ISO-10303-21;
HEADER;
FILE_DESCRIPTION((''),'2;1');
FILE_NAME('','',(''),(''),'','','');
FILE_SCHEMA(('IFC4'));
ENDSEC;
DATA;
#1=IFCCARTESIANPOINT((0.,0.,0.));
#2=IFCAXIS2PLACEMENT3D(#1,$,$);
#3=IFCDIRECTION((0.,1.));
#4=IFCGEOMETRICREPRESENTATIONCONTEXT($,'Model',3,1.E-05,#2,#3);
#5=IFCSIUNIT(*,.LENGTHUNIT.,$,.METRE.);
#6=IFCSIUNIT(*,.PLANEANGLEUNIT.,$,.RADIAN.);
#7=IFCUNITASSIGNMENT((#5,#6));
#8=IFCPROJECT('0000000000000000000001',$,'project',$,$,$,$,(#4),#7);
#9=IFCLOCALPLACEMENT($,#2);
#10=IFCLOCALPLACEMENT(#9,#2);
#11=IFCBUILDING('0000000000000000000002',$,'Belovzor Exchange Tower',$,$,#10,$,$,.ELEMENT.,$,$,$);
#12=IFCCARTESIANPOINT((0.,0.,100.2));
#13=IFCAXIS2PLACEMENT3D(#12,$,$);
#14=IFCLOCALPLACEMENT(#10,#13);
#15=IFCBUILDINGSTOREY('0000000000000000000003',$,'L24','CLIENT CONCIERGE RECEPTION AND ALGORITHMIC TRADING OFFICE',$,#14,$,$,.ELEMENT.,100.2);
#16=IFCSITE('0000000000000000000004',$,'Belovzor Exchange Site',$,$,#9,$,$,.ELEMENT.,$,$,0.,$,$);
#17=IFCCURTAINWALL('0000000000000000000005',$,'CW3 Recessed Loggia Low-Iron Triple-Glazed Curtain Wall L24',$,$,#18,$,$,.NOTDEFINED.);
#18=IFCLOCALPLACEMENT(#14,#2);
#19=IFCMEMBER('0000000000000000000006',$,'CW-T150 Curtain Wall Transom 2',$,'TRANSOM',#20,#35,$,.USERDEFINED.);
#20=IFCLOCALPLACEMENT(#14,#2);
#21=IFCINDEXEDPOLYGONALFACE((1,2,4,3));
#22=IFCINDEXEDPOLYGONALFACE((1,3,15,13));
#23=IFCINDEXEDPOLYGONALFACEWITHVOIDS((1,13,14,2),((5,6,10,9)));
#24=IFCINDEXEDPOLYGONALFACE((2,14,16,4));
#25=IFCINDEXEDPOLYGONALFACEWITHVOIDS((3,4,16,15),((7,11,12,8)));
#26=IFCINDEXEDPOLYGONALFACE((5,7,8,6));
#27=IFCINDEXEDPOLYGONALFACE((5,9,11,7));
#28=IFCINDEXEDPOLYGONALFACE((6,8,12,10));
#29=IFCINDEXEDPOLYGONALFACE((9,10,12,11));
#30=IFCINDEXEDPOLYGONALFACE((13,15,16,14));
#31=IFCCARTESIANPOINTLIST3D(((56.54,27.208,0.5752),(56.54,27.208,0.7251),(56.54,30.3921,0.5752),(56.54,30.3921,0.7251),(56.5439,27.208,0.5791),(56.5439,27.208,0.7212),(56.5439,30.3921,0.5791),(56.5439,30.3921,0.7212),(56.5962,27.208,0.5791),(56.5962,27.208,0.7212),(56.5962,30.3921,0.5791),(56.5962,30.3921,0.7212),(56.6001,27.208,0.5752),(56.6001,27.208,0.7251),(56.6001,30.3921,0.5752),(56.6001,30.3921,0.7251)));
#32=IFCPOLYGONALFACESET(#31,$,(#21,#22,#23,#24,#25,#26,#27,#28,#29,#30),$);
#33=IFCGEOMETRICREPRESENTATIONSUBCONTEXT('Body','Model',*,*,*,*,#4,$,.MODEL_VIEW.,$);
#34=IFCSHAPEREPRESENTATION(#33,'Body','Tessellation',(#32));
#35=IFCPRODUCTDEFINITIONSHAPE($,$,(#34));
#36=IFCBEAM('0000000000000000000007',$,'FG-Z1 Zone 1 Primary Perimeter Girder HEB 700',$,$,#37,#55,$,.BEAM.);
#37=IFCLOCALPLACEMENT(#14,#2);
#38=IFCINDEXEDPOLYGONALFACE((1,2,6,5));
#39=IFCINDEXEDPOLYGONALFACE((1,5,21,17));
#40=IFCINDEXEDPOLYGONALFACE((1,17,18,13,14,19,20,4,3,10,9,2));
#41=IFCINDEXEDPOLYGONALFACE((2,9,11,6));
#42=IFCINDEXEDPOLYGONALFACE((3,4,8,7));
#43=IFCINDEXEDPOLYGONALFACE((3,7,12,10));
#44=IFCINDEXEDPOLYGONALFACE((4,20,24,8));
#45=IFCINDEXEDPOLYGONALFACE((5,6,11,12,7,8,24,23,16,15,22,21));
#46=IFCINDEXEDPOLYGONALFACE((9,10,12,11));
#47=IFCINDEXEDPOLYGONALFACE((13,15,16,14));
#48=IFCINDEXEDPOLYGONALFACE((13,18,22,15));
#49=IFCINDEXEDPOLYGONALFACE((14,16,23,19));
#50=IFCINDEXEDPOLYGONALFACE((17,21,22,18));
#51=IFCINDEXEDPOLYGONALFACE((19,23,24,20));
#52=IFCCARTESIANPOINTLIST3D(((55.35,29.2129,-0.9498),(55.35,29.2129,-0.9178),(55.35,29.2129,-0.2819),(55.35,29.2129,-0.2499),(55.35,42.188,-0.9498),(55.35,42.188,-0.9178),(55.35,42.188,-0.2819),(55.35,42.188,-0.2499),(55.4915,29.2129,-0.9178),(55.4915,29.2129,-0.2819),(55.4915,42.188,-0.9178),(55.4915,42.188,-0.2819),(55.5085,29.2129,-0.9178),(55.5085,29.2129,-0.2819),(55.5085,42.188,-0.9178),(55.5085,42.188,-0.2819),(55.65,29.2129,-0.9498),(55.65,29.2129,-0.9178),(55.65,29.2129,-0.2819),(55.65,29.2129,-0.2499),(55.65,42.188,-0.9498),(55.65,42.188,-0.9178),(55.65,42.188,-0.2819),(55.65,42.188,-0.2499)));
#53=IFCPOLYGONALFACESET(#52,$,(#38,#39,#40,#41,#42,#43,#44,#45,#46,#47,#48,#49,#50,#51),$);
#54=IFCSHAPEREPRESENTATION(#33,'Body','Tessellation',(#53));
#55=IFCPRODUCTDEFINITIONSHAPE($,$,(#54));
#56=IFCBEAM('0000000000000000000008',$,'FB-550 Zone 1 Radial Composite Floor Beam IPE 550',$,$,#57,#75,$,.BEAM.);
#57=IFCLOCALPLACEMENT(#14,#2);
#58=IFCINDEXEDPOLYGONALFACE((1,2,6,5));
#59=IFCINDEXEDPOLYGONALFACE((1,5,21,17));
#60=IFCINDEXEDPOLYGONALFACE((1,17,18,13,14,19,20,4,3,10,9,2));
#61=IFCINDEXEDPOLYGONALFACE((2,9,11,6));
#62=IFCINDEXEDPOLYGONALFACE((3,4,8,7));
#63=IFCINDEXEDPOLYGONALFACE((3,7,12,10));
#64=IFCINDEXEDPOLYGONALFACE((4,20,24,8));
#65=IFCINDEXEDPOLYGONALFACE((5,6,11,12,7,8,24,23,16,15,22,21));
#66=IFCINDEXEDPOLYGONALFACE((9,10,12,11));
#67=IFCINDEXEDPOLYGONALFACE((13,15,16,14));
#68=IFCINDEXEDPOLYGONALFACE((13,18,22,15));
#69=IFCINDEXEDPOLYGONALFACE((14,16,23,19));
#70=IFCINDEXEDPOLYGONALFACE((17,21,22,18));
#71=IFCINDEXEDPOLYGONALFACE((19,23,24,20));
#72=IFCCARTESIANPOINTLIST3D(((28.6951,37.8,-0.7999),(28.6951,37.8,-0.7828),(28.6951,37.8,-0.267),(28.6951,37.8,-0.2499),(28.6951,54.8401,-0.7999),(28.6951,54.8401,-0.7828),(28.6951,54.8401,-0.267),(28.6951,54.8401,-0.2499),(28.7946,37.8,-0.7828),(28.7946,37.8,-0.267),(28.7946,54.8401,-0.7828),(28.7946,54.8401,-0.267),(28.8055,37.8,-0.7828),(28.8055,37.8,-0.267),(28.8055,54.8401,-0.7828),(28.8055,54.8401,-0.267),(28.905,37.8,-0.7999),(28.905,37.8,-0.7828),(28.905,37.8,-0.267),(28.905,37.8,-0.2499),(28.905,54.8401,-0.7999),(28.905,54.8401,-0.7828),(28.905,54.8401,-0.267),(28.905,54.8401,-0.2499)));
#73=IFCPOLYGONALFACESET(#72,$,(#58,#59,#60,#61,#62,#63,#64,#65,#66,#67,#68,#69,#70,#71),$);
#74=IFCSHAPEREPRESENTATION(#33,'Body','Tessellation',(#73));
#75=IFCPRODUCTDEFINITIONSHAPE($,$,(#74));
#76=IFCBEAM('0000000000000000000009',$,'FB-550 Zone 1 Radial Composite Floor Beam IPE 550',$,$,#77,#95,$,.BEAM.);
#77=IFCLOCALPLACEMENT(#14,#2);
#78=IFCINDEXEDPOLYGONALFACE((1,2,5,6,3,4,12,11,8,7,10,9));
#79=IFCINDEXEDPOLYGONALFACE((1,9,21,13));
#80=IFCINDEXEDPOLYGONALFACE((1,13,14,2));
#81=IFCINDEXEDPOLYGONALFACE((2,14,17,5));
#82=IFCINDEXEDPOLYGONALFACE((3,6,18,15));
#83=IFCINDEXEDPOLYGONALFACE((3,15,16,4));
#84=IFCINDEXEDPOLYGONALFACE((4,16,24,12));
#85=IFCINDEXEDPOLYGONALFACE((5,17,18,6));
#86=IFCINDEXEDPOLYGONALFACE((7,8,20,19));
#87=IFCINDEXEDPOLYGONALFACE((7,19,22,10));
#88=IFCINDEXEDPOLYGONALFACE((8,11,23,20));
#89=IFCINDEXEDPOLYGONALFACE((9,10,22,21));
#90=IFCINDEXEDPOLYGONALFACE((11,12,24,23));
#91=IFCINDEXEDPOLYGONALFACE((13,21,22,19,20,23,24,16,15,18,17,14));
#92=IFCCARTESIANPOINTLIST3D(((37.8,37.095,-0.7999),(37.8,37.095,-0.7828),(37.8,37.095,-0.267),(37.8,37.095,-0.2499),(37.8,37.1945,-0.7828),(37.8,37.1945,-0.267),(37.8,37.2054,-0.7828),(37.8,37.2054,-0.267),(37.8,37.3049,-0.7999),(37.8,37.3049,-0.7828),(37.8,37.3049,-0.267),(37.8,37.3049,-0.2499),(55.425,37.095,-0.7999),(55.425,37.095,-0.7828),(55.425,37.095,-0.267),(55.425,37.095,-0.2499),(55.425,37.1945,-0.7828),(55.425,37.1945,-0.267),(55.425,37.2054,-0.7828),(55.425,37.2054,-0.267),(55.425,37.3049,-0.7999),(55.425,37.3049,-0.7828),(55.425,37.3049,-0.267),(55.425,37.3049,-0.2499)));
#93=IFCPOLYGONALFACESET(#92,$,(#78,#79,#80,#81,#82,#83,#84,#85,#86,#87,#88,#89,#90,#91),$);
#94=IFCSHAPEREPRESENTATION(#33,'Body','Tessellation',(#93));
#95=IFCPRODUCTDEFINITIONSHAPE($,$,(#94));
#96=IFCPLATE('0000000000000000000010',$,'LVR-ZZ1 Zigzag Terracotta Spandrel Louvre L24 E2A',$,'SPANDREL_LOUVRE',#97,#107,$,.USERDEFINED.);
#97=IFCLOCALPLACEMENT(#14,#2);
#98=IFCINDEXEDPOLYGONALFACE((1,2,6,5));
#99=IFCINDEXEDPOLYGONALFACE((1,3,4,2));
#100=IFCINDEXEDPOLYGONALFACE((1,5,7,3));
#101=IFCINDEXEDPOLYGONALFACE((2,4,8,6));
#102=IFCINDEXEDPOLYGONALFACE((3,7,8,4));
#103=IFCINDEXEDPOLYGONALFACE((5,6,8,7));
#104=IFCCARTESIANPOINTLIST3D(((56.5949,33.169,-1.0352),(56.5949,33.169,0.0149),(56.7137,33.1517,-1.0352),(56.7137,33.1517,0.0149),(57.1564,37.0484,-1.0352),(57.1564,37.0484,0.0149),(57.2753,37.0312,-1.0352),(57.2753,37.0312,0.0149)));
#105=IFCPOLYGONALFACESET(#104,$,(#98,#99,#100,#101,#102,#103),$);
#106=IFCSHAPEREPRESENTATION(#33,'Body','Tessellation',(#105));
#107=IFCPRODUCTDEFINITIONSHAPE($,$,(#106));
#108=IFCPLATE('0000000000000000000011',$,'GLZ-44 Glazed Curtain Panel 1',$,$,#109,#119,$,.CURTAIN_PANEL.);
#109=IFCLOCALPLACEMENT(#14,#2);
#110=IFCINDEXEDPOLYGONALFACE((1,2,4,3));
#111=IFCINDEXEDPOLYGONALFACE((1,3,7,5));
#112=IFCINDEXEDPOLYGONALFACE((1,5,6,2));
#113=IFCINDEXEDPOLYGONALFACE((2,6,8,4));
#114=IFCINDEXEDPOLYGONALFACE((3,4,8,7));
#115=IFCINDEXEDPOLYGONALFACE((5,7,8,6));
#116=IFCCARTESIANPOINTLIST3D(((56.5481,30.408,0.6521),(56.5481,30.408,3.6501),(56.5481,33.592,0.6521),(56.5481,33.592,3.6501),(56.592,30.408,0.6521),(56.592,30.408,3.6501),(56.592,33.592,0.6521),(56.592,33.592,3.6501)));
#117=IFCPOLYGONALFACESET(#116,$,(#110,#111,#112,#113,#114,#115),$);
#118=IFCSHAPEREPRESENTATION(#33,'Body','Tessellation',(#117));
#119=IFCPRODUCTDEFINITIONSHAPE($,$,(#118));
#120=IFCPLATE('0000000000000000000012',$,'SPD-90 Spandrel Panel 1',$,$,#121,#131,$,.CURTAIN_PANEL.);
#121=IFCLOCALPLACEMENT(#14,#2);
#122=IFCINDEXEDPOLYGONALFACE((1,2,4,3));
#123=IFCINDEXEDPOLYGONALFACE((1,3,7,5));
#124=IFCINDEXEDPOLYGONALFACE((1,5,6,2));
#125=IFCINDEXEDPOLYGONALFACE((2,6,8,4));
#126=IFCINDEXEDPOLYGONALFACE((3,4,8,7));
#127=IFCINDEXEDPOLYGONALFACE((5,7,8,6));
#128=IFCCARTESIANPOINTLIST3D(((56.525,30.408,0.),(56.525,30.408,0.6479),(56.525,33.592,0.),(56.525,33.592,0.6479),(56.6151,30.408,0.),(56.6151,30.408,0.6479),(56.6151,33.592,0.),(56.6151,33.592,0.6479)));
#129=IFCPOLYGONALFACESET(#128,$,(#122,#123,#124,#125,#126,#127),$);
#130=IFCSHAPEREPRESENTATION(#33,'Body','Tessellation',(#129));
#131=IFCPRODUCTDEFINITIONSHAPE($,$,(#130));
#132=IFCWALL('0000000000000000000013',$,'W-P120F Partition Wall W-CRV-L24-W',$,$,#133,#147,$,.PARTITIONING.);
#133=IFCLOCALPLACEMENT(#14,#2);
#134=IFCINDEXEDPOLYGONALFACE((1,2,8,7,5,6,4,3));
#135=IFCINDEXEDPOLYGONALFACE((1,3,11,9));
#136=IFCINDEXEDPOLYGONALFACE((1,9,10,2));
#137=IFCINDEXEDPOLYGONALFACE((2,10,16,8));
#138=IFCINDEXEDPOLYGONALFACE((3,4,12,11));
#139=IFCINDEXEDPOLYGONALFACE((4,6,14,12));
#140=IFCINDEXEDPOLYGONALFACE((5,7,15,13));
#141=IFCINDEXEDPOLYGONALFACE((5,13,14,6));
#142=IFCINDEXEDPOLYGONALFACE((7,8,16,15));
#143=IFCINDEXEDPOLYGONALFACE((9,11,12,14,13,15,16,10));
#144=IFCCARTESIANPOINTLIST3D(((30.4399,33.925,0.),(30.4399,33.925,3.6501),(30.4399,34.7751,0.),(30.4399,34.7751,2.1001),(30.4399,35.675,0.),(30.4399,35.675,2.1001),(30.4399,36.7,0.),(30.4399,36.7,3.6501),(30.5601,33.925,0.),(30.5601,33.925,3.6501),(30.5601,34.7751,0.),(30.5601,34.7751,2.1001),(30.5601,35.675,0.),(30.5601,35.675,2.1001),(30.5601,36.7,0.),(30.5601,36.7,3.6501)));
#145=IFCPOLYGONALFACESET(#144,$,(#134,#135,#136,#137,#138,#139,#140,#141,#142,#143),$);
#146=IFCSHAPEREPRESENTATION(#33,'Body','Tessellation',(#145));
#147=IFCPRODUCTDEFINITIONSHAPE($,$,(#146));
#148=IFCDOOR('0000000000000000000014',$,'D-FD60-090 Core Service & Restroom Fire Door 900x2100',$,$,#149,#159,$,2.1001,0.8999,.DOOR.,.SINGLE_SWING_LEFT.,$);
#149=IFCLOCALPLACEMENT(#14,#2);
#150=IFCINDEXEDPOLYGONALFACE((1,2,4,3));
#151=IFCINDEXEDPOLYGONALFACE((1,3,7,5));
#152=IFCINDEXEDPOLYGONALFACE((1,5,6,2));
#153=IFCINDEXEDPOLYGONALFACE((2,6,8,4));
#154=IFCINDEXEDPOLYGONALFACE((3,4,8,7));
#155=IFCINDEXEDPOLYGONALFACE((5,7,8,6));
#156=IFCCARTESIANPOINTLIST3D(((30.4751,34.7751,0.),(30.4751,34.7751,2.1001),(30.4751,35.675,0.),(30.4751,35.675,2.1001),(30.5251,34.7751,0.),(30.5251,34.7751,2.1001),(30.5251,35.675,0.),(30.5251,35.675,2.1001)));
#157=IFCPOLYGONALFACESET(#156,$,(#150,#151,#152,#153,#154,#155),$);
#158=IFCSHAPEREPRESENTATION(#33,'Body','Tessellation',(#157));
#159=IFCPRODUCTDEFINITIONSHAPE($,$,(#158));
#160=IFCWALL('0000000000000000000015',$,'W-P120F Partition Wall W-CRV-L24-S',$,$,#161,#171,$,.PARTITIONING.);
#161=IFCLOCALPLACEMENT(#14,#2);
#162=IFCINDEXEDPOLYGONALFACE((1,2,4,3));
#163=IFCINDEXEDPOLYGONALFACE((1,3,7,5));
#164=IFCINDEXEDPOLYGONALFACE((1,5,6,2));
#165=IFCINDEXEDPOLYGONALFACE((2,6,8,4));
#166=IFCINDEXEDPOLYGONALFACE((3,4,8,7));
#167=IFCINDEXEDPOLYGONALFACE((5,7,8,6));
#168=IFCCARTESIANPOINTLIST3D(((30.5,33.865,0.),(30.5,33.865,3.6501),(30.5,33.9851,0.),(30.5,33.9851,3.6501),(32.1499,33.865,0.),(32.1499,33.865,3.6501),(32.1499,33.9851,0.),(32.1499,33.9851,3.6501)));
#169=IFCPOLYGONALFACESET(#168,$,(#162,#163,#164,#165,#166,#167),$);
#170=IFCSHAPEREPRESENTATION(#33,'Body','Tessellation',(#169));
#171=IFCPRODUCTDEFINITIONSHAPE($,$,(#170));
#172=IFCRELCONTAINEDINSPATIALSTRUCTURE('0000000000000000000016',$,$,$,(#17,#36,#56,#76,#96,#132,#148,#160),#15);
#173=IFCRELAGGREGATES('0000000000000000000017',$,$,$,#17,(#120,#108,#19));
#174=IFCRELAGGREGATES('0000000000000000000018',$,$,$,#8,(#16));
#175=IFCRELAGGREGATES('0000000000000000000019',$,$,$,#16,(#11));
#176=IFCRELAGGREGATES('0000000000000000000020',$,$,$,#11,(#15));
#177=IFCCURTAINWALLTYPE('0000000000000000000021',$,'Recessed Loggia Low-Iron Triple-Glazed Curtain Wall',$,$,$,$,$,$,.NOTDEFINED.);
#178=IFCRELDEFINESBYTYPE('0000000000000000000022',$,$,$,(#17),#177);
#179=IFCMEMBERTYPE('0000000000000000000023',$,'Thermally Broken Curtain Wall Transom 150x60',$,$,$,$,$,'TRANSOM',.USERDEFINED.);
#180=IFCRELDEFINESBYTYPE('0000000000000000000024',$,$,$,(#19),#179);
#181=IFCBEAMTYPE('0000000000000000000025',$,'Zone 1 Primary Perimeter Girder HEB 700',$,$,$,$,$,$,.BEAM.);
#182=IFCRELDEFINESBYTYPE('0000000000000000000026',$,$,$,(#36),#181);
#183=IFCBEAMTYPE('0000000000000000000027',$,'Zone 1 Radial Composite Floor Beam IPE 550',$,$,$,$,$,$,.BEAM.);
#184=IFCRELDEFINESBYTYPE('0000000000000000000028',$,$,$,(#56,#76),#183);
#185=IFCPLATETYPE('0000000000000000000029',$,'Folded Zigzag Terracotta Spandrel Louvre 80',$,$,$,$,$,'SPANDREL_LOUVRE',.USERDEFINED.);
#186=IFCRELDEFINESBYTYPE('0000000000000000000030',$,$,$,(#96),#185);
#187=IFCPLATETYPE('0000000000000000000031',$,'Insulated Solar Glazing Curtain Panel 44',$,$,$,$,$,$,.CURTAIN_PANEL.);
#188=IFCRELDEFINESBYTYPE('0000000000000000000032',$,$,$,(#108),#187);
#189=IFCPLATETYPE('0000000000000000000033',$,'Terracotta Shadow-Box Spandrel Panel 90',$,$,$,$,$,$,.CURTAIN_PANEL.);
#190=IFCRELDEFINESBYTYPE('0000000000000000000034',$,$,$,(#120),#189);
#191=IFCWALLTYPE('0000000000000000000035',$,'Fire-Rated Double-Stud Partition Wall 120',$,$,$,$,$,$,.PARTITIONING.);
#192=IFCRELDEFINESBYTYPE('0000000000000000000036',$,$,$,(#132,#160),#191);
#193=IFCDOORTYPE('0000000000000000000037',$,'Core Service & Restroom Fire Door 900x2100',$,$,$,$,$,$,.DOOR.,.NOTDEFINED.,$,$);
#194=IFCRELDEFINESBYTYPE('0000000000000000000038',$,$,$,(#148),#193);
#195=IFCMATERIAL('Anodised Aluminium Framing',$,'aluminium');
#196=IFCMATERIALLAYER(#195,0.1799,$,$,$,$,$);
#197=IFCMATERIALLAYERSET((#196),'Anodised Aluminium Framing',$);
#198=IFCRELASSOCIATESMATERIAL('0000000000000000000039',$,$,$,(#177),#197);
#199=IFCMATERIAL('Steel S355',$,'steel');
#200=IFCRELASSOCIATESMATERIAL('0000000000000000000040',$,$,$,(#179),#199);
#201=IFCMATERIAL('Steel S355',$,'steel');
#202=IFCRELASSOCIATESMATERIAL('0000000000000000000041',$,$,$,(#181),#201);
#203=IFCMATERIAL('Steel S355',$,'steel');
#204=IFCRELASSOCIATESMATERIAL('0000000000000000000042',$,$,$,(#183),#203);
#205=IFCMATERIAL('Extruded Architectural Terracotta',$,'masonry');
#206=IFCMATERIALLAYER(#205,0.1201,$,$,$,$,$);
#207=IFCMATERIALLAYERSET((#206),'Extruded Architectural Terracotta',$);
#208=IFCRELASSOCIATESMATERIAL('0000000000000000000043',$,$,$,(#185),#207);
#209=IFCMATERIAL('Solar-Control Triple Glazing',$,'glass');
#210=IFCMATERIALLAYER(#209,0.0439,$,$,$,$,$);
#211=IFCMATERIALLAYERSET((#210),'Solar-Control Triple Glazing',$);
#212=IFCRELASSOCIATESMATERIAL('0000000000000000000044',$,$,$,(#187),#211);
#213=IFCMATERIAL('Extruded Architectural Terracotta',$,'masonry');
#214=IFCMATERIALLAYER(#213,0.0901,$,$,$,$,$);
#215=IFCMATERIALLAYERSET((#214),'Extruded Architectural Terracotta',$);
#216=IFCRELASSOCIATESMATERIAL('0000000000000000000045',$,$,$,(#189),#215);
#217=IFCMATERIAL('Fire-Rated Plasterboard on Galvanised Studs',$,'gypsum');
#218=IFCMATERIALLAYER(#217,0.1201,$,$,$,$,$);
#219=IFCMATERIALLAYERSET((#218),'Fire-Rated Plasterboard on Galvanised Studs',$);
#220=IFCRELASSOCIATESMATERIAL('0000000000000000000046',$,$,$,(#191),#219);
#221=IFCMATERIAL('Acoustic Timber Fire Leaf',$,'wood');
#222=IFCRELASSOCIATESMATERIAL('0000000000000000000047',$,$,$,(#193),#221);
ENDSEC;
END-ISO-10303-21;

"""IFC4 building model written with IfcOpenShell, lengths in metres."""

from ifc_helpers import new_model, si_unit, direction, frame, frame_2d, origin, origin_2d, place, context, subcontext, project, spatial, rectangle, hollow_rectangle, i_section, extrude, material, layer, layer_set, material_profile, profile_set, type_object, element, fill, aggregate, save


model = new_model("IFC4")

# Units and contexts
model_context = context("Model", 3, precision=1e-05, world=origin(), true_north=direction((0.0, 1.0)))
body_context = subcontext(model_context, "Body", "Model", "MODEL_VIEW")
ifc_project = project(units=[si_unit("LENGTHUNIT", "METRE"), si_unit("PLANEANGLEUNIT", "RADIAN")], contexts=[model_context])

# Site, building, storey
site_placement = place(None, origin())
site = spatial("IfcSite", under=ifc_project, at=site_placement, Name="Belovzor Exchange Site", CompositionType="ELEMENT", RefElevation=0.0)
building_placement = place(site_placement, origin())
building = spatial("IfcBuilding", under=site, at=building_placement, Name="Belovzor Exchange Tower", CompositionType="ELEMENT")
storey_placement = place(building_placement, frame((0.0, 0.0, 100.2)))
storey = spatial("IfcBuildingStorey", under=building, at=storey_placement, Name="L24", Description="CLIENT CONCIERGE RECEPTION AND ALGORITHMIC TRADING OFFICE", CompositionType="ELEMENT", Elevation=100.2)

# Curtain wall, member
ifc_material_1 = material(Name="Anodised Aluminium Framing", Category="aluminium")
ifc_layer_1 = layer(ifc_material_1, 0.1799)
ifc_layer_set_1 = layer_set([ifc_layer_1], Name="Anodised Aluminium Framing")
curtain_wall_type = type_object("IfcCurtainWallType", Name="Recessed Loggia Low-Iron Triple-Glazed Curtain Wall", PredefinedType="NOTDEFINED", material=ifc_layer_set_1)
curtain_wall_placement = place(storey_placement, origin())
curtain_wall = element("IfcCurtainWall", 1, at=curtain_wall_placement, inside=storey, type_object=curtain_wall_type, Name="CW3 Recessed Loggia Low-Iron Triple-Glazed Curtain Wall L24", PredefinedType="NOTDEFINED")
ifc_material_2 = material(Name="Steel S355", Category="steel")
ifc_material_profile_1 = material_profile(ifc_material_2, hollow_rectangle(XDim=0.0601, YDim=0.1499, WallThickness=0.0039, at=origin_2d()))
ifc_profile_set_1 = profile_set([ifc_material_profile_1], Name="Steel S355")
member_type_1 = type_object("IfcMemberType", Name="Thermally Broken Curtain Wall Transom 150x60", ElementType="TRANSOM", PredefinedType="USERDEFINED", material=ifc_profile_set_1)
member_1_placement = place(storey_placement, frame((56.5701, 30.3921, 0.6501), z_axis=(0.0, -1.0, 0.0), x_axis=(1.0, 0.0, 0.0)))
member_1 = element("IfcMember", 2, at=member_1_placement, type_object=member_type_1, Name="CW-T150 Curtain Wall Transom 2", ObjectType="TRANSOM", PredefinedType="USERDEFINED", context=body_context, shape_type="SweptSolid", body=[
    extrude(hollow_rectangle(XDim=0.0601, YDim=0.1499, WallThickness=0.0039, at=origin_2d()), origin(), (0.0, 0.0, 1.0), 3.1841),
])

# Beams
ifc_material_3 = material(Name="Steel S355", Category="steel")
ifc_material_profile_2 = material_profile(ifc_material_3, i_section(OverallWidth=0.3, OverallDepth=0.7, WebThickness=0.0171, FlangeThickness=0.032, at=origin_2d()))
ifc_profile_set_2 = profile_set([ifc_material_profile_2], Name="Steel S355")
beam_type_1 = type_object("IfcBeamType", Name="Zone 1 Primary Perimeter Girder HEB 700", PredefinedType="BEAM", material=ifc_profile_set_2)
beam_1_placement = place(storey_placement, frame((55.5, 29.2129, -0.5999), z_axis=(0.0, 1.0, 0.0), x_axis=(-1.0, 0.0, 0.0)))
element("IfcBeam", 3, at=beam_1_placement, inside=storey, type_object=beam_type_1, Name="FG-Z1 Zone 1 Primary Perimeter Girder HEB 700", PredefinedType="BEAM", context=body_context, shape_type="SweptSolid", body=[
    extrude(i_section(OverallWidth=0.3, OverallDepth=0.7, WebThickness=0.0171, FlangeThickness=0.032, at=origin_2d()), origin(), (0.0, 0.0, 1.0), 12.9751),
])
ifc_material_4 = material(Name="Steel S355", Category="steel")
ifc_material_profile_3 = material_profile(ifc_material_4, i_section(OverallWidth=0.21, OverallDepth=0.55, WebThickness=0.011, FlangeThickness=0.0171, at=origin_2d()))
ifc_profile_set_3 = profile_set([ifc_material_profile_3], Name="Steel S355")
beam_type_2 = type_object("IfcBeamType", Name="Zone 1 Radial Composite Floor Beam IPE 550", PredefinedType="BEAM", material=ifc_profile_set_3)
beam_2_placement = place(storey_placement, frame((28.8, 37.8, -0.5249), z_axis=(0.0, 1.0, 0.0), x_axis=(-1.0, 0.0, 0.0)))
element("IfcBeam", 4, at=beam_2_placement, inside=storey, type_object=beam_type_2, Name="FB-550 Zone 1 Radial Composite Floor Beam IPE 550", PredefinedType="BEAM", context=body_context, shape_type="SweptSolid", body=[
    extrude(i_section(OverallWidth=0.21, OverallDepth=0.55, WebThickness=0.011, FlangeThickness=0.0171, at=origin_2d()), origin(), (0.0, 0.0, 1.0), 17.04),
])
beam_3_placement = place(storey_placement, frame((37.8, 37.2, -0.5249), z_axis=(1.0, 0.0, 0.0), x_axis=(0.0, 1.0, 0.0)))
element("IfcBeam", 5, at=beam_3_placement, inside=storey, type_object=beam_type_2, Name="FB-550 Zone 1 Radial Composite Floor Beam IPE 550", PredefinedType="BEAM", context=body_context, shape_type="SweptSolid", body=[
    extrude(i_section(OverallWidth=0.21, OverallDepth=0.55, WebThickness=0.011, FlangeThickness=0.0171, at=origin_2d()), origin(), (0.0, 0.0, 1.0), 17.625),
])

# Plates
ifc_material_5 = material(Name="Extruded Architectural Terracotta", Category="masonry")
ifc_layer_2 = layer(ifc_material_5, 0.1201)
ifc_layer_set_2 = layer_set([ifc_layer_2], Name="Extruded Architectural Terracotta")
plate_type_1 = type_object("IfcPlateType", Name="Folded Zigzag Terracotta Spandrel Louvre 80", ElementType="SPANDREL_LOUVRE", PredefinedType="USERDEFINED", material=ifc_layer_set_2)
plate_1_placement = place(storey_placement, frame((56.9351, 35.1001, -1.0352), z_axis=(0.0, 0.0, 1.0), x_axis=(0.143251, 0.989686, 0.0)))
element("IfcPlate", 6, at=plate_1_placement, inside=storey, type_object=plate_type_1, Name="LVR-ZZ1 Zigzag Terracotta Spandrel Louvre L24 E2A", ObjectType="SPANDREL_LOUVRE", PredefinedType="USERDEFINED", context=body_context, shape_type="SweptSolid", body=[
    extrude(rectangle(XDim=3.9199, YDim=0.1201, at=origin_2d()), origin(), (0.0, 0.0, 1.0), 1.05),
])
ifc_material_6 = material(Name="Solar-Control Triple Glazing", Category="glass")
ifc_layer_3 = layer(ifc_material_6, 0.0439)
ifc_layer_set_3 = layer_set([ifc_layer_3], Name="Solar-Control Triple Glazing")
plate_type_2 = type_object("IfcPlateType", Name="Insulated Solar Glazing Curtain Panel 44", PredefinedType="CURTAIN_PANEL", material=ifc_layer_set_3)
plate_2_placement = place(storey_placement, frame((56.5701, 32.0, 0.6521), z_axis=(0.0, 0.0, 1.0), x_axis=(0.0, -1.0, 0.0)))
plate_2 = element("IfcPlate", 7, at=plate_2_placement, type_object=plate_type_2, Name="GLZ-44 Glazed Curtain Panel 1", PredefinedType="CURTAIN_PANEL", context=body_context, shape_type="SweptSolid", body=[
    extrude(rectangle(XDim=3.1841, YDim=0.0439, at=origin_2d()), origin(), (0.0, 0.0, 1.0), 2.998),
])
ifc_material_7 = material(Name="Extruded Architectural Terracotta", Category="masonry")
ifc_layer_4 = layer(ifc_material_7, 0.0901)
ifc_layer_set_4 = layer_set([ifc_layer_4], Name="Extruded Architectural Terracotta")
plate_type_3 = type_object("IfcPlateType", Name="Terracotta Shadow-Box Spandrel Panel 90", PredefinedType="CURTAIN_PANEL", material=ifc_layer_set_4)
plate_3_placement = place(storey_placement, frame((56.5701, 32.0, 0.0), z_axis=(0.0, 0.0, 1.0), x_axis=(0.0, -1.0, 0.0)))
plate_3 = element("IfcPlate", 8, at=plate_3_placement, type_object=plate_type_3, Name="SPD-90 Spandrel Panel 1", PredefinedType="CURTAIN_PANEL", context=body_context, shape_type="SweptSolid", body=[
    extrude(rectangle(XDim=3.1841, YDim=0.0901, at=origin_2d()), origin(), (0.0, 0.0, 1.0), 0.6479),
])
aggregate(curtain_wall, [plate_3, plate_2, member_1])

# Wall, opening, door
ifc_material_8 = material(Name="Fire-Rated Plasterboard on Galvanised Studs", Category="gypsum")
ifc_layer_5 = layer(ifc_material_8, 0.1201)
ifc_layer_set_5 = layer_set([ifc_layer_5], Name="Fire-Rated Plasterboard on Galvanised Studs")
wall_type_1 = type_object("IfcWallType", Name="Fire-Rated Double-Stud Partition Wall 120", PredefinedType="PARTITIONING", material=ifc_layer_set_5)
wall_1_placement = place(storey_placement, frame((30.5, 33.925, 0.0), z_axis=(0.0, 0.0, 1.0), x_axis=(0.0, 1.0, 0.0)))
wall_1 = element("IfcWall", 9, at=wall_1_placement, inside=storey, type_object=wall_type_1, Name="W-P120F Partition Wall W-CRV-L24-W", PredefinedType="PARTITIONING", context=body_context, shape_type="SweptSolid", body=[
    extrude(rectangle(XDim=2.7749, YDim=0.1201, at=frame_2d((1.3875, 0.0))), origin(), (0.0, 0.0, 1.0), 3.6501),
])
opening_placement = place(wall_1_placement, frame((0.8501, 0.0, 0.0)))
opening = element("IfcOpeningElement", 10, at=opening_placement, cuts=wall_1, PredefinedType="OPENING", context=body_context, shape_type="SweptSolid", body=[
    extrude(rectangle(XDim=0.8999, YDim=2.1001, at=frame_2d((0.45, 1.05))), frame((0.0, 0.0701, 0.0), z_axis=(0.0, -1.0, 0.0), x_axis=(1.0, 0.0, 0.0)), (0.0, 0.0, 1.0), 0.1401),
])
ifc_material_9 = material(Name="Acoustic Timber Fire Leaf", Category="wood")
door_type = type_object("IfcDoorType", Name="Core Service & Restroom Fire Door 900x2100", OperationType="NOTDEFINED", PredefinedType="DOOR", material=ifc_material_9)
door_placement = place(opening_placement, origin())
door = element("IfcDoor", 11, at=door_placement, inside=storey, type_object=door_type, Name="D-FD60-090 Core Service & Restroom Fire Door 900x2100", OperationType="SINGLE_SWING_LEFT", OverallHeight=2.1001, OverallWidth=0.8999, PredefinedType="DOOR", context=body_context, shape_type="SweptSolid", body=[
    extrude(rectangle(XDim=0.8999, YDim=2.1001, at=frame_2d((0.45, 1.05))), frame((0.0, 0.0249, 0.0), z_axis=(0.0, -1.0, 0.0), x_axis=(1.0, 0.0, 0.0)), (0.0, 0.0, 1.0), 0.05),
])
fill(opening, door)

# Wall
wall_2_placement = place(storey_placement, frame((30.5, 33.925, 0.0), z_axis=(0.0, 0.0, 1.0), x_axis=(1.0, 0.0, 0.0)))
element("IfcWall", 12, at=wall_2_placement, inside=storey, type_object=wall_type_1, Name="W-P120F Partition Wall W-CRV-L24-S", PredefinedType="PARTITIONING", context=body_context, shape_type="SweptSolid", body=[
    extrude(rectangle(XDim=1.6499, YDim=0.1201, at=frame_2d((0.825, 0.0))), origin(), (0.0, 0.0, 1.0), 3.6501),
])

save(model, "model.ifc")
